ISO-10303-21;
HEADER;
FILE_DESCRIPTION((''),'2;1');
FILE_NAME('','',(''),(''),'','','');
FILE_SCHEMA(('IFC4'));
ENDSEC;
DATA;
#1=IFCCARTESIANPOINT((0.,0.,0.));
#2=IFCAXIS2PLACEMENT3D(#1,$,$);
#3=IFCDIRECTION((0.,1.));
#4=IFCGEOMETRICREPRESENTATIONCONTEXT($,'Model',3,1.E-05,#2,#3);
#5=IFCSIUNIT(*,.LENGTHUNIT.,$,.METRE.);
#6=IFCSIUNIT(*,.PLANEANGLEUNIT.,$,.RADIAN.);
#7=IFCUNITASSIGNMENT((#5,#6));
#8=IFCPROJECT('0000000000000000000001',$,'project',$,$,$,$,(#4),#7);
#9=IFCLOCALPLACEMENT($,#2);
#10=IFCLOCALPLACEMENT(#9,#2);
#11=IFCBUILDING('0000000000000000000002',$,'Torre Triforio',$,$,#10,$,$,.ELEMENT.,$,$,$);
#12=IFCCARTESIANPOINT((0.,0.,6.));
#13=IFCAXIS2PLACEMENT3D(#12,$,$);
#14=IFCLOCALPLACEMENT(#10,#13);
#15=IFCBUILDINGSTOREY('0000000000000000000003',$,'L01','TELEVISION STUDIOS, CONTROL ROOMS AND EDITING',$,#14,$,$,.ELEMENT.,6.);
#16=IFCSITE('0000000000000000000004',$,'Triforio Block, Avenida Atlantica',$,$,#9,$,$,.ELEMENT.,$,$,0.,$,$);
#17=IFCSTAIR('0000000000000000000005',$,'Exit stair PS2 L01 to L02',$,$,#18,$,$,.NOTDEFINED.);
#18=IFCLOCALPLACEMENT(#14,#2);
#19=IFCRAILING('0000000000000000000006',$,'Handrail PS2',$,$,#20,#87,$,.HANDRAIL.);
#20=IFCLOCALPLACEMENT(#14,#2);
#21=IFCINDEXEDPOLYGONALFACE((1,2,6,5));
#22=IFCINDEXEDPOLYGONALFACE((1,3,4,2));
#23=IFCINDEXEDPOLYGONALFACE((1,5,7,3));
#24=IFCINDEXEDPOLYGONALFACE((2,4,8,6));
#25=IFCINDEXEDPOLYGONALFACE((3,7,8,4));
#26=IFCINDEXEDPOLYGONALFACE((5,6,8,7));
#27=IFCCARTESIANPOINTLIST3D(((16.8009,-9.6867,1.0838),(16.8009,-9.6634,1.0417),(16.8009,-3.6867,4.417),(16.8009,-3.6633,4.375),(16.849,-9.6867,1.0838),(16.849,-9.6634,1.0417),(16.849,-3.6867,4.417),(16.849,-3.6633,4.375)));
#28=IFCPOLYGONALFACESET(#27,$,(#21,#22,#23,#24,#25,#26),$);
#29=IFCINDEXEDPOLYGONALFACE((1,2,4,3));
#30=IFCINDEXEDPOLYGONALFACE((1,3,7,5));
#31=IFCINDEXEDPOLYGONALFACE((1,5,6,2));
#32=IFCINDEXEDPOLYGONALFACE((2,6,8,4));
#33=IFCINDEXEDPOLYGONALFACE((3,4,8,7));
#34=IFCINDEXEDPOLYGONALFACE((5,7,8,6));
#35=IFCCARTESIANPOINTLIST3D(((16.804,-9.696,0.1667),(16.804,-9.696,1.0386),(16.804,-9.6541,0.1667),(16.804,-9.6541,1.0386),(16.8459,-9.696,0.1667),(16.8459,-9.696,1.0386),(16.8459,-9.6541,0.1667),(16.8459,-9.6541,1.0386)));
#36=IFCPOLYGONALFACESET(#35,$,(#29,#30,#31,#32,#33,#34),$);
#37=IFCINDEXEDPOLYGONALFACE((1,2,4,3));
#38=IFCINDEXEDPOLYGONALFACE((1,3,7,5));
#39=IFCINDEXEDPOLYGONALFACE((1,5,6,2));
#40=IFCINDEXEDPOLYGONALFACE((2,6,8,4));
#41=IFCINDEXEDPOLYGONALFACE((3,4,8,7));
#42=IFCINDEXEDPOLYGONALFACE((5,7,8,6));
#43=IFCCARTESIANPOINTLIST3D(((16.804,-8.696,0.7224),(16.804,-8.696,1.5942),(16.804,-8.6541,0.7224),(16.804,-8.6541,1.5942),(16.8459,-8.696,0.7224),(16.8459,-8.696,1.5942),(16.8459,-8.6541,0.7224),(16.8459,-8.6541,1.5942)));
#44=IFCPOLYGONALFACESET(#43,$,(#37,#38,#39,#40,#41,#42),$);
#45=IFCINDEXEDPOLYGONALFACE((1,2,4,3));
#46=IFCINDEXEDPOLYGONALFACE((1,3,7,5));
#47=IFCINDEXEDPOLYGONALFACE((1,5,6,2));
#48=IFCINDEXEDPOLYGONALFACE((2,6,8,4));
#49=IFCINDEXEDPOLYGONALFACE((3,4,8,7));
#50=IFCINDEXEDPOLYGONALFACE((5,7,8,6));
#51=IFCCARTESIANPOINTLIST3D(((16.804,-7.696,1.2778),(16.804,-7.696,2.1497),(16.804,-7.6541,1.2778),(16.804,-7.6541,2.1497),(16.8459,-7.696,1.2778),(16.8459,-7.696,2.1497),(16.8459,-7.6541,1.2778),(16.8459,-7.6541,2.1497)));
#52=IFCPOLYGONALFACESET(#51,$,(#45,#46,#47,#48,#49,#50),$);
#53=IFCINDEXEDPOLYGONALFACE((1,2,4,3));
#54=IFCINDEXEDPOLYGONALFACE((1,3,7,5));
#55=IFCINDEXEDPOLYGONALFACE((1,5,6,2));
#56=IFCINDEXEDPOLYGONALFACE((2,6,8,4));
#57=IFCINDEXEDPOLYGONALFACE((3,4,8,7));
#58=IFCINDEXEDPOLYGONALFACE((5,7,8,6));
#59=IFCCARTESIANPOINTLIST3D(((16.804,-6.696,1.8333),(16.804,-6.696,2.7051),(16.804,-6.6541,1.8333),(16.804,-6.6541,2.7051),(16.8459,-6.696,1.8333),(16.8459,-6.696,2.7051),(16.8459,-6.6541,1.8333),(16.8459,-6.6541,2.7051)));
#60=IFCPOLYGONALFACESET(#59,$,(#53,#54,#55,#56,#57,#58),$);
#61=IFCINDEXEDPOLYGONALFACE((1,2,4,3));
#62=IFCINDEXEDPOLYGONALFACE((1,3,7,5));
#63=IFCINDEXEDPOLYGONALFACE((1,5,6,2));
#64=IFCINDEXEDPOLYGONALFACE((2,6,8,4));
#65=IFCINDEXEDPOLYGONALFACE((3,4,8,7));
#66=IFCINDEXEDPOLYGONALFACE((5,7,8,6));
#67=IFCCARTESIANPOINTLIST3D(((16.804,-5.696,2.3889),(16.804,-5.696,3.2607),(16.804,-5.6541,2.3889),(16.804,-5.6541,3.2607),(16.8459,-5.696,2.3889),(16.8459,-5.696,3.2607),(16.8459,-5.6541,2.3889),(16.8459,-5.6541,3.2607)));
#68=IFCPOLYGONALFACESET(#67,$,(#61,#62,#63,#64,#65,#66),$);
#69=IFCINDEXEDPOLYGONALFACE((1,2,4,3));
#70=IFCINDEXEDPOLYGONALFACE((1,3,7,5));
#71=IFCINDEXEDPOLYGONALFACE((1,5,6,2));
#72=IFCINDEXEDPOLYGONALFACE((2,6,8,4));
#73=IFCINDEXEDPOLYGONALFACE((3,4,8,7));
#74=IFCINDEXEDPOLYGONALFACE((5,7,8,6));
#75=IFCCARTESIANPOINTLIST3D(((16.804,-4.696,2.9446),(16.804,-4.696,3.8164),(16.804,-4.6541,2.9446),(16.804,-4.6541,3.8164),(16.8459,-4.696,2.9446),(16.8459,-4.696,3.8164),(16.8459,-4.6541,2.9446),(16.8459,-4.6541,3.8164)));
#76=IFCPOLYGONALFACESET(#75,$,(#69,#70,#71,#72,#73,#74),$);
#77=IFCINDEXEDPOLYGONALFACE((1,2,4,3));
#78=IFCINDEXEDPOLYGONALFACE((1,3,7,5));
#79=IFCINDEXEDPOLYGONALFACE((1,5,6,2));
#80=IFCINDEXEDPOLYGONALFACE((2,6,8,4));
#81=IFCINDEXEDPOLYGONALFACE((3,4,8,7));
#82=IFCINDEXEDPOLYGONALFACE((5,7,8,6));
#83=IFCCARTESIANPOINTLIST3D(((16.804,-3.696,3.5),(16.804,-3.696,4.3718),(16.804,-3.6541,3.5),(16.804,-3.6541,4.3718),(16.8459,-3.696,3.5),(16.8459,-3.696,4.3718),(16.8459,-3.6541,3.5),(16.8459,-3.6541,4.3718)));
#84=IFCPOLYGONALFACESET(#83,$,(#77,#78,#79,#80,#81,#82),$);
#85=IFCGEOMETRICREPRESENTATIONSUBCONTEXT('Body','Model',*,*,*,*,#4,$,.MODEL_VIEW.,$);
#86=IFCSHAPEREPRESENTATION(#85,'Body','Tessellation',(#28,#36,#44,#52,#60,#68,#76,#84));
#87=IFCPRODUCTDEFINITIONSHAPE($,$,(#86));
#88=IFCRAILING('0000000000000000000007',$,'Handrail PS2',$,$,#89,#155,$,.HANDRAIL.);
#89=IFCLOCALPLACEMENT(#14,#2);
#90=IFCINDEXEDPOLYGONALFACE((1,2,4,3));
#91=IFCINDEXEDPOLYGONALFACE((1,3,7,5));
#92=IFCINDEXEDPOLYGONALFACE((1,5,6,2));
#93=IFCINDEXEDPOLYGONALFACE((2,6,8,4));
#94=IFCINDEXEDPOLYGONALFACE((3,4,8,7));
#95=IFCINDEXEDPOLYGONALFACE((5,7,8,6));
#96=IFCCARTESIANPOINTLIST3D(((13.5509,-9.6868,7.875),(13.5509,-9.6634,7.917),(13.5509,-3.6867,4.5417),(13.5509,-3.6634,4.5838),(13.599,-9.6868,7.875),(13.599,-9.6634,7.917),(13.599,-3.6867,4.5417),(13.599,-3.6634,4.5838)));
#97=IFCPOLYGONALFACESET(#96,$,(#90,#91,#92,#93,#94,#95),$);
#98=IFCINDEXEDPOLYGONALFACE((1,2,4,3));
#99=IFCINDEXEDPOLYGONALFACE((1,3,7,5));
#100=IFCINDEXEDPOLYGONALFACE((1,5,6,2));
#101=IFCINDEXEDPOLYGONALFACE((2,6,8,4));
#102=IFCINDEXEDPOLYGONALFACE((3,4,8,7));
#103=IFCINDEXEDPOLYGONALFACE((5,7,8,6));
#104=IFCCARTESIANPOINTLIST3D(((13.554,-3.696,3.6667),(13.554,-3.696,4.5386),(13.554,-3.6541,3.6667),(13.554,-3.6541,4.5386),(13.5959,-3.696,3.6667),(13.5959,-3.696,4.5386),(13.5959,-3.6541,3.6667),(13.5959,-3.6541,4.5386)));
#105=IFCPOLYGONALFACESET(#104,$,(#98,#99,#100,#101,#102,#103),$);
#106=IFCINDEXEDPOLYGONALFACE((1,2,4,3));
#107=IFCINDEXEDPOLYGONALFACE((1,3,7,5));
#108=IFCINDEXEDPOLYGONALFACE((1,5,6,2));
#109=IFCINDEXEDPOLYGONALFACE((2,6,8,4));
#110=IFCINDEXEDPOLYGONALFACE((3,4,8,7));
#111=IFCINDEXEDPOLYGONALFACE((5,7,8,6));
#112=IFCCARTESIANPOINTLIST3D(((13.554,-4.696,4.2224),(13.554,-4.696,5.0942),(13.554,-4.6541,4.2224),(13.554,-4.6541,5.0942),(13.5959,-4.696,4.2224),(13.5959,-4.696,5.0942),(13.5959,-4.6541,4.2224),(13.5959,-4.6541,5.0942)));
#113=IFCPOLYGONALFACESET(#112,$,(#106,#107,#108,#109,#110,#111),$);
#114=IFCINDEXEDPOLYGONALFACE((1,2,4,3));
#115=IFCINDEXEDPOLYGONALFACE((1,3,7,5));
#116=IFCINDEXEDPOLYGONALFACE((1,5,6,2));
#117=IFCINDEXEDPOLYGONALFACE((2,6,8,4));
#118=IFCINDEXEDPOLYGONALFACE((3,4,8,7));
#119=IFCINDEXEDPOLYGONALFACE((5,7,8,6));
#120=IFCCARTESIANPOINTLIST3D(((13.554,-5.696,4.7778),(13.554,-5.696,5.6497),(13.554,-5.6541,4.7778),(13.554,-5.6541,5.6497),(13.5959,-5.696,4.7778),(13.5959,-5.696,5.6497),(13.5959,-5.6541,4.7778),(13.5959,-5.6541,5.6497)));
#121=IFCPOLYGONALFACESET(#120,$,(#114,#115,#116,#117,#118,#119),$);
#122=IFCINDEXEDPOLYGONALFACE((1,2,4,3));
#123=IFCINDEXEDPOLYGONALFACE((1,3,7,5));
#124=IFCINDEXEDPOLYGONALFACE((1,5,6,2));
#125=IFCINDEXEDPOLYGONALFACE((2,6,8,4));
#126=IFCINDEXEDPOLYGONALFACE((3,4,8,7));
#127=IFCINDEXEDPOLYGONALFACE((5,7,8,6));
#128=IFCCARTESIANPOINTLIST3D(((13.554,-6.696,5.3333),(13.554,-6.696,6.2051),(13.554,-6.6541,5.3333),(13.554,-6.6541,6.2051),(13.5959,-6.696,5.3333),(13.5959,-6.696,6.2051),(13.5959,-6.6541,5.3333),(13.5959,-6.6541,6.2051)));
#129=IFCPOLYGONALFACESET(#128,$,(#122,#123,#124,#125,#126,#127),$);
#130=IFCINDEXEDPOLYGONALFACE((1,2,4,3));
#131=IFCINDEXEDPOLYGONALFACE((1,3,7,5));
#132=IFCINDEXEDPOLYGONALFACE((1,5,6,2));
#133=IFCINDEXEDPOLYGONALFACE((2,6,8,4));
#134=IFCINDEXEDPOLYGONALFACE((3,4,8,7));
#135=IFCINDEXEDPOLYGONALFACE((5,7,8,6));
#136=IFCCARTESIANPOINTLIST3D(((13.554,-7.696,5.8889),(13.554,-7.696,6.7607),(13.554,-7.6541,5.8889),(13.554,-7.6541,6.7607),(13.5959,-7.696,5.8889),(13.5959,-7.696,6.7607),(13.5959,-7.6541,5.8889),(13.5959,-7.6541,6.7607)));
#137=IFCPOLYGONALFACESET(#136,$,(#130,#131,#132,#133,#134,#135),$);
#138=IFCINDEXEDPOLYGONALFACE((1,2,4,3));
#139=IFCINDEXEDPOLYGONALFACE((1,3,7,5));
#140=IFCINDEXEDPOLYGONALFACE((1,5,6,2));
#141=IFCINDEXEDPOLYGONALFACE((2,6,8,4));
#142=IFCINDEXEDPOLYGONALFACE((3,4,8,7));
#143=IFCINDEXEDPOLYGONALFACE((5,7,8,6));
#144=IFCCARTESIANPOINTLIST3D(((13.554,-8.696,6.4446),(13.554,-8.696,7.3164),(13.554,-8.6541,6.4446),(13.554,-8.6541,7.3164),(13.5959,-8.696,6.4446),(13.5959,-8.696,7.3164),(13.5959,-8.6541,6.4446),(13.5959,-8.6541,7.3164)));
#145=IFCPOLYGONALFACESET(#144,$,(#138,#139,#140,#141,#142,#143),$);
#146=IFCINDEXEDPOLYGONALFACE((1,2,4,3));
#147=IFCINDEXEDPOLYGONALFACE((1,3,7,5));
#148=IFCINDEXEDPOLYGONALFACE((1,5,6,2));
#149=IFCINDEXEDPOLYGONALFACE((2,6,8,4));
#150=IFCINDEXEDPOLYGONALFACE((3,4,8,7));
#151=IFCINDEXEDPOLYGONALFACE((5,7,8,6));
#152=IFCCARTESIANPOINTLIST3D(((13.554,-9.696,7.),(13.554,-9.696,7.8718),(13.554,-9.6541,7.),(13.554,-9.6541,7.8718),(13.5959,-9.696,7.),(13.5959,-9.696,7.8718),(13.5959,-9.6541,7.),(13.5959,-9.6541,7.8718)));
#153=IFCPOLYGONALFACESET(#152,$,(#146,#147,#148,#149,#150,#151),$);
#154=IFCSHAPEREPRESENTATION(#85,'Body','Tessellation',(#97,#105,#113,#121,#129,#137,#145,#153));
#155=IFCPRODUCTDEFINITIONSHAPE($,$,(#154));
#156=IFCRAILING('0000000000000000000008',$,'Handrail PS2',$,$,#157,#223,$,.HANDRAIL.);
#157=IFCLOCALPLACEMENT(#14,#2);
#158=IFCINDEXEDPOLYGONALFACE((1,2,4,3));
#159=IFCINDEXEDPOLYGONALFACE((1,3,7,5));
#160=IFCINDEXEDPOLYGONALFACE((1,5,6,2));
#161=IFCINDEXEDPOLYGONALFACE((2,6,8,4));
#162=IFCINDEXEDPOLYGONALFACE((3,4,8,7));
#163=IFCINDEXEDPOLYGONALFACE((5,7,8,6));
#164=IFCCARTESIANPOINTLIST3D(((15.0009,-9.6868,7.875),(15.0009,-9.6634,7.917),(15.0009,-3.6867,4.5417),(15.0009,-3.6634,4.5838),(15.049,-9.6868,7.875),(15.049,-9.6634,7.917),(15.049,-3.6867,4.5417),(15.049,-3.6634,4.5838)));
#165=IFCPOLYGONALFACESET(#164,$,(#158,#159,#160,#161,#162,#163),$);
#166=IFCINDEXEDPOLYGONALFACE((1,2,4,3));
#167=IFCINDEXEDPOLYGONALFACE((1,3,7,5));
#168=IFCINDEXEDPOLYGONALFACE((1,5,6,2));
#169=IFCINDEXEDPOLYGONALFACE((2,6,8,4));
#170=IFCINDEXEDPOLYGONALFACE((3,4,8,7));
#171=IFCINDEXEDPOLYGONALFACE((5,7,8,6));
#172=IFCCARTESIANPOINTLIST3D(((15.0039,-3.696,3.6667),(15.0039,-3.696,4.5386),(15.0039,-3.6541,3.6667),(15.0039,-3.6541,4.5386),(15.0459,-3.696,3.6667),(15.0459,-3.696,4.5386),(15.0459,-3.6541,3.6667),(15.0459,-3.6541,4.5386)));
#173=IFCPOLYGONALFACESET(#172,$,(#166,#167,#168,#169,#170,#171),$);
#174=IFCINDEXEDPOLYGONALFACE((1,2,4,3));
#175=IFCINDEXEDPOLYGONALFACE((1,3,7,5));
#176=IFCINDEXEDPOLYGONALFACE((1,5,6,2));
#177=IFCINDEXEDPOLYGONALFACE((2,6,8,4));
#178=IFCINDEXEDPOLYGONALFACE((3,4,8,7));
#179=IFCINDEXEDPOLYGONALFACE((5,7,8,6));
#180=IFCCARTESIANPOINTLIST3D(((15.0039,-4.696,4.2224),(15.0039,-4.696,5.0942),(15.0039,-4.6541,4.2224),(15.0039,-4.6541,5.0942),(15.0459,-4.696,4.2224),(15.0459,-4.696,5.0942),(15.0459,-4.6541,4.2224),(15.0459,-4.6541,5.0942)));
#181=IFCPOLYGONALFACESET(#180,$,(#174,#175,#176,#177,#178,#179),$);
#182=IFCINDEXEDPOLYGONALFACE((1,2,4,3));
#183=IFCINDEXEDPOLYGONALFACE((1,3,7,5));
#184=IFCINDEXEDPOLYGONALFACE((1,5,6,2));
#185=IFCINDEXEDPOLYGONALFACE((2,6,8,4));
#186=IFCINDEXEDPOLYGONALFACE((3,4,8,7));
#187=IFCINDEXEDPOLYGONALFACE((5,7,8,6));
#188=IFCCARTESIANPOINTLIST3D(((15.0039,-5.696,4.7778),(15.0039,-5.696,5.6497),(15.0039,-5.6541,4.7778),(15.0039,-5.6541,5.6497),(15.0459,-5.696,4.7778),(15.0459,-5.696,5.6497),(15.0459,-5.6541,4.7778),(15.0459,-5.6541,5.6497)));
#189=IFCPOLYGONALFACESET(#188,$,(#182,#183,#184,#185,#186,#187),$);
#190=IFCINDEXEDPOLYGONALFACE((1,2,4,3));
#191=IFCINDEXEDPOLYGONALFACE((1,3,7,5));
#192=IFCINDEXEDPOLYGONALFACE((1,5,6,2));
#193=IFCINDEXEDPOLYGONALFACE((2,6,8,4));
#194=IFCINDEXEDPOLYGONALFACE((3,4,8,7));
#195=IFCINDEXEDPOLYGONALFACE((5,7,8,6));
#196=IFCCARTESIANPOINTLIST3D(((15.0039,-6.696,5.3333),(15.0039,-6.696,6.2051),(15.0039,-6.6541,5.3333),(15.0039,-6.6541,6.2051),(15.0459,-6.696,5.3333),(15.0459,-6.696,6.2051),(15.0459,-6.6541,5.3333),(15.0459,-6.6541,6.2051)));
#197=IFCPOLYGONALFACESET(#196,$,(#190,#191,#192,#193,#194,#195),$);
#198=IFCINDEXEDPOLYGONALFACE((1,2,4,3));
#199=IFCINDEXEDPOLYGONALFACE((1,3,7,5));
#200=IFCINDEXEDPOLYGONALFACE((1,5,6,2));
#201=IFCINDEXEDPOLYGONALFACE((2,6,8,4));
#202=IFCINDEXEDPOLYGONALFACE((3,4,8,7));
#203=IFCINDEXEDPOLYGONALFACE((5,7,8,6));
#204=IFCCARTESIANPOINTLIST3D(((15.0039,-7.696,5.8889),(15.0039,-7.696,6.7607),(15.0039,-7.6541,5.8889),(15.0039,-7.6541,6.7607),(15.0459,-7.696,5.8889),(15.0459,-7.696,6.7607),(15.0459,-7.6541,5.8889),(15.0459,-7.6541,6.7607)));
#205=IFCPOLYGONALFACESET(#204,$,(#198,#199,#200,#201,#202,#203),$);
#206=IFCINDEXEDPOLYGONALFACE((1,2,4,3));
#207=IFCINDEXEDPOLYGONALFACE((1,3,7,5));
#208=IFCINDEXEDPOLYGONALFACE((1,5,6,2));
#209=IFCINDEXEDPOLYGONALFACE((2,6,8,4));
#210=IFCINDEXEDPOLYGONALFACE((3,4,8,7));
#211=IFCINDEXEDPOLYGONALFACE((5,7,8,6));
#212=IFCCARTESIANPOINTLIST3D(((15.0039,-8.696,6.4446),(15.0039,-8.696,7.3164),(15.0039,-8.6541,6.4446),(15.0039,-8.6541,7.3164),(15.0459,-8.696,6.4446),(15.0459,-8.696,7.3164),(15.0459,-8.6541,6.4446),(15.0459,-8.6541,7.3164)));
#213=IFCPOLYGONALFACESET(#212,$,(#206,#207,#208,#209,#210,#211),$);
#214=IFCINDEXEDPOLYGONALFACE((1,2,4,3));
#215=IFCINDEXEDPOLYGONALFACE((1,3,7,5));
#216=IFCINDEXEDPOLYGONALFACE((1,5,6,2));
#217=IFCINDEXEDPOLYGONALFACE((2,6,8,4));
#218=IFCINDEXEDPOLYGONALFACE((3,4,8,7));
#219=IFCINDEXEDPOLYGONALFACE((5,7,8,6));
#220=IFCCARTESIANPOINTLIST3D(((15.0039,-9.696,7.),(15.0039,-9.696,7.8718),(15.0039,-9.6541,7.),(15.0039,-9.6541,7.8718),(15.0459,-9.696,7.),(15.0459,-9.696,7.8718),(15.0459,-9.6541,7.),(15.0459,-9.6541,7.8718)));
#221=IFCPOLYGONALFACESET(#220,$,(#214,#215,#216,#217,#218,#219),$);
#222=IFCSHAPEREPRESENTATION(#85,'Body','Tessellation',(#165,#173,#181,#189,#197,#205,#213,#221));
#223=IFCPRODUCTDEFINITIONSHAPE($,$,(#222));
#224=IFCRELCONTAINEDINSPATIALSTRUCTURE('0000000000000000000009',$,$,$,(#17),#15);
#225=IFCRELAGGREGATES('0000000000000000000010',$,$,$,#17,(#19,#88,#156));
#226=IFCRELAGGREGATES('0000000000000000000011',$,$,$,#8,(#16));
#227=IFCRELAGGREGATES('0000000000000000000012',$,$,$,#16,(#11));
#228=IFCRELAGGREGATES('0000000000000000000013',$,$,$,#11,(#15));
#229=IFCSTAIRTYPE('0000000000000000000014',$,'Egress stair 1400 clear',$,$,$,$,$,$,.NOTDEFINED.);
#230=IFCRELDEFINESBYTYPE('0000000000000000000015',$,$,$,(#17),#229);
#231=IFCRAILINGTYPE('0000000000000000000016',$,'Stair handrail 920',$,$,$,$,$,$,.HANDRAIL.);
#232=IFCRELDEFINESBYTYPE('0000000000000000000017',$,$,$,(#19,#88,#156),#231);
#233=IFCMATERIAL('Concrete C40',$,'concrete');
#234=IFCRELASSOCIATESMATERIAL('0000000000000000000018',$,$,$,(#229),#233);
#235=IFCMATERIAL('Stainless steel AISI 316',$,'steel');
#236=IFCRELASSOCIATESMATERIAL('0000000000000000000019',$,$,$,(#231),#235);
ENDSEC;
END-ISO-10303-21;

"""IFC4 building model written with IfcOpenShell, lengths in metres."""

from ifc_helpers import new_model, si_unit, direction, frame, origin, origin_2d, place, context, subcontext, project, spatial, rectangle, extrude, material, type_object, element, aggregate, save


model = new_model("IFC4")

# Units and contexts
model_context = context("Model", 3, precision=1e-05, world=origin(), true_north=direction((0.0, 1.0)))
body_context = subcontext(model_context, "Body", "Model", "MODEL_VIEW")
ifc_project = project(units=[si_unit("LENGTHUNIT", "METRE"), si_unit("PLANEANGLEUNIT", "RADIAN")], contexts=[model_context])

# Site, building, storey
site_placement = place(None, origin())
site = spatial("IfcSite", under=ifc_project, at=site_placement, Name="Triforio Block, Avenida Atlantica", CompositionType="ELEMENT", RefElevation=0.0)
building_placement = place(site_placement, origin())
building = spatial("IfcBuilding", under=site, at=building_placement, Name="Torre Triforio", CompositionType="ELEMENT")
storey_placement = place(building_placement, frame((0.0, 0.0, 6.0)))
storey = spatial("IfcBuildingStorey", under=building, at=storey_placement, Name="L01", Description="TELEVISION STUDIOS, CONTROL ROOMS AND EDITING", CompositionType="ELEMENT", Elevation=6.0)

# Shared definitions
ifc_material_1 = material(Name="Concrete C40", Category="concrete")

# Stair, railings
stair_type = type_object("IfcStairType", Name="Egress stair 1400 clear", PredefinedType="NOTDEFINED", material=ifc_material_1)
stair_placement = place(storey_placement, origin())
stair = element("IfcStair", 1, at=stair_placement, inside=storey, type_object=stair_type, Name="Exit stair PS2 L01 to L02", PredefinedType="NOTDEFINED")
ifc_material_2 = material(Name="Stainless steel AISI 316", Category="steel")
railing_type_1 = type_object("IfcRailingType", Name="Stair handrail 920", PredefinedType="HANDRAIL", material=ifc_material_2)
railing_1_placement = place(storey_placement, frame((16.825, -9.675, 0.1667)))
railing_1 = element("IfcRailing", 2, at=railing_1_placement, type_object=railing_type_1, Name="Handrail PS2", PredefinedType="HANDRAIL", context=body_context, shape_type="SweptSolid", body=[
    extrude(rectangle(XDim=0.0481, YDim=0.0481, at=origin_2d()), frame((0.0, 0.0, 0.896), z_axis=(0.0, 0.874162, 0.485634), x_axis=(-1.0, 0.0, 0.0)), (0.0, 0.0, 1.0), 6.8638),
    extrude(rectangle(XDim=0.042, YDim=0.042, at=origin_2d()), origin(), (0.0, 0.0, 1.0), 0.8718),
    extrude(rectangle(XDim=0.042, YDim=0.042, at=origin_2d()), frame((0.0, 1.0, 0.5557)), (0.0, 0.0, 1.0), 0.8718),
    extrude(rectangle(XDim=0.042, YDim=0.042, at=origin_2d()), frame((0.0, 2.0, 1.1111)), (0.0, 0.0, 1.0), 0.8718),
    extrude(rectangle(XDim=0.042, YDim=0.042, at=origin_2d()), frame((0.0, 3.0, 1.6665)), (0.0, 0.0, 1.0), 0.8718),
    extrude(rectangle(XDim=0.042, YDim=0.042, at=origin_2d()), frame((0.0, 4.0, 2.2222)), (0.0, 0.0, 1.0), 0.8718),
    extrude(rectangle(XDim=0.042, YDim=0.042, at=origin_2d()), frame((0.0, 5.0, 2.7778)), (0.0, 0.0, 1.0), 0.8718),
    extrude(rectangle(XDim=0.042, YDim=0.042, at=origin_2d()), frame((0.0, 6.0, 3.3333)), (0.0, 0.0, 1.0), 0.8718),
])
railing_2_placement = place(storey_placement, frame((13.575, -3.675, 3.6667)))
railing_2 = element("IfcRailing", 3, at=railing_2_placement, type_object=railing_type_1, Name="Handrail PS2", PredefinedType="HANDRAIL", context=body_context, shape_type="SweptSolid", body=[
    extrude(rectangle(XDim=0.0481, YDim=0.0481, at=origin_2d()), frame((0.0, 0.0, 0.896), z_axis=(0.0, -0.874162, 0.485634), x_axis=(1.0, 0.0, 0.0)), (0.0, 0.0, 1.0), 6.8638),
    extrude(rectangle(XDim=0.042, YDim=0.042, at=origin_2d()), origin(), (0.0, 0.0, 1.0), 0.8718),
    extrude(rectangle(XDim=0.042, YDim=0.042, at=origin_2d()), frame((0.0, -1.0, 0.5557)), (0.0, 0.0, 1.0), 0.8718),
    extrude(rectangle(XDim=0.042, YDim=0.042, at=origin_2d()), frame((0.0, -2.0, 1.1111)), (0.0, 0.0, 1.0), 0.8718),
    extrude(rectangle(XDim=0.042, YDim=0.042, at=origin_2d()), frame((0.0, -3.0, 1.6665)), (0.0, 0.0, 1.0), 0.8718),
    extrude(rectangle(XDim=0.042, YDim=0.042, at=origin_2d()), frame((0.0, -4.0, 2.2222)), (0.0, 0.0, 1.0), 0.8718),
    extrude(rectangle(XDim=0.042, YDim=0.042, at=origin_2d()), frame((0.0, -5.0, 2.7778)), (0.0, 0.0, 1.0), 0.8718),
    extrude(rectangle(XDim=0.042, YDim=0.042, at=origin_2d()), frame((0.0, -6.0, 3.3333)), (0.0, 0.0, 1.0), 0.8718),
])
railing_3_placement = place(storey_placement, frame((15.0249, -3.675, 3.6667)))
railing_3 = element("IfcRailing", 4, at=railing_3_placement, type_object=railing_type_1, Name="Handrail PS2", PredefinedType="HANDRAIL", context=body_context, shape_type="SweptSolid", body=[
    extrude(rectangle(XDim=0.0481, YDim=0.0481, at=origin_2d()), frame((0.0, 0.0, 0.896), z_axis=(0.0, -0.874162, 0.485634), x_axis=(1.0, 0.0, 0.0)), (0.0, 0.0, 1.0), 6.8638),
    extrude(rectangle(XDim=0.042, YDim=0.042, at=origin_2d()), origin(), (0.0, 0.0, 1.0), 0.8718),
    extrude(rectangle(XDim=0.042, YDim=0.042, at=origin_2d()), frame((0.0, -1.0, 0.5557)), (0.0, 0.0, 1.0), 0.8718),
    extrude(rectangle(XDim=0.042, YDim=0.042, at=origin_2d()), frame((0.0, -2.0, 1.1111)), (0.0, 0.0, 1.0), 0.8718),
    extrude(rectangle(XDim=0.042, YDim=0.042, at=origin_2d()), frame((0.0, -3.0, 1.6665)), (0.0, 0.0, 1.0), 0.8718),
    extrude(rectangle(XDim=0.042, YDim=0.042, at=origin_2d()), frame((0.0, -4.0, 2.2222)), (0.0, 0.0, 1.0), 0.8718),
    extrude(rectangle(XDim=0.042, YDim=0.042, at=origin_2d()), frame((0.0, -5.0, 2.7778)), (0.0, 0.0, 1.0), 0.8718),
    extrude(rectangle(XDim=0.042, YDim=0.042, at=origin_2d()), frame((0.0, -6.0, 3.3333)), (0.0, 0.0, 1.0), 0.8718),
])
aggregate(stair, [railing_1, railing_2, railing_3])

save(model, "model.ifc")
